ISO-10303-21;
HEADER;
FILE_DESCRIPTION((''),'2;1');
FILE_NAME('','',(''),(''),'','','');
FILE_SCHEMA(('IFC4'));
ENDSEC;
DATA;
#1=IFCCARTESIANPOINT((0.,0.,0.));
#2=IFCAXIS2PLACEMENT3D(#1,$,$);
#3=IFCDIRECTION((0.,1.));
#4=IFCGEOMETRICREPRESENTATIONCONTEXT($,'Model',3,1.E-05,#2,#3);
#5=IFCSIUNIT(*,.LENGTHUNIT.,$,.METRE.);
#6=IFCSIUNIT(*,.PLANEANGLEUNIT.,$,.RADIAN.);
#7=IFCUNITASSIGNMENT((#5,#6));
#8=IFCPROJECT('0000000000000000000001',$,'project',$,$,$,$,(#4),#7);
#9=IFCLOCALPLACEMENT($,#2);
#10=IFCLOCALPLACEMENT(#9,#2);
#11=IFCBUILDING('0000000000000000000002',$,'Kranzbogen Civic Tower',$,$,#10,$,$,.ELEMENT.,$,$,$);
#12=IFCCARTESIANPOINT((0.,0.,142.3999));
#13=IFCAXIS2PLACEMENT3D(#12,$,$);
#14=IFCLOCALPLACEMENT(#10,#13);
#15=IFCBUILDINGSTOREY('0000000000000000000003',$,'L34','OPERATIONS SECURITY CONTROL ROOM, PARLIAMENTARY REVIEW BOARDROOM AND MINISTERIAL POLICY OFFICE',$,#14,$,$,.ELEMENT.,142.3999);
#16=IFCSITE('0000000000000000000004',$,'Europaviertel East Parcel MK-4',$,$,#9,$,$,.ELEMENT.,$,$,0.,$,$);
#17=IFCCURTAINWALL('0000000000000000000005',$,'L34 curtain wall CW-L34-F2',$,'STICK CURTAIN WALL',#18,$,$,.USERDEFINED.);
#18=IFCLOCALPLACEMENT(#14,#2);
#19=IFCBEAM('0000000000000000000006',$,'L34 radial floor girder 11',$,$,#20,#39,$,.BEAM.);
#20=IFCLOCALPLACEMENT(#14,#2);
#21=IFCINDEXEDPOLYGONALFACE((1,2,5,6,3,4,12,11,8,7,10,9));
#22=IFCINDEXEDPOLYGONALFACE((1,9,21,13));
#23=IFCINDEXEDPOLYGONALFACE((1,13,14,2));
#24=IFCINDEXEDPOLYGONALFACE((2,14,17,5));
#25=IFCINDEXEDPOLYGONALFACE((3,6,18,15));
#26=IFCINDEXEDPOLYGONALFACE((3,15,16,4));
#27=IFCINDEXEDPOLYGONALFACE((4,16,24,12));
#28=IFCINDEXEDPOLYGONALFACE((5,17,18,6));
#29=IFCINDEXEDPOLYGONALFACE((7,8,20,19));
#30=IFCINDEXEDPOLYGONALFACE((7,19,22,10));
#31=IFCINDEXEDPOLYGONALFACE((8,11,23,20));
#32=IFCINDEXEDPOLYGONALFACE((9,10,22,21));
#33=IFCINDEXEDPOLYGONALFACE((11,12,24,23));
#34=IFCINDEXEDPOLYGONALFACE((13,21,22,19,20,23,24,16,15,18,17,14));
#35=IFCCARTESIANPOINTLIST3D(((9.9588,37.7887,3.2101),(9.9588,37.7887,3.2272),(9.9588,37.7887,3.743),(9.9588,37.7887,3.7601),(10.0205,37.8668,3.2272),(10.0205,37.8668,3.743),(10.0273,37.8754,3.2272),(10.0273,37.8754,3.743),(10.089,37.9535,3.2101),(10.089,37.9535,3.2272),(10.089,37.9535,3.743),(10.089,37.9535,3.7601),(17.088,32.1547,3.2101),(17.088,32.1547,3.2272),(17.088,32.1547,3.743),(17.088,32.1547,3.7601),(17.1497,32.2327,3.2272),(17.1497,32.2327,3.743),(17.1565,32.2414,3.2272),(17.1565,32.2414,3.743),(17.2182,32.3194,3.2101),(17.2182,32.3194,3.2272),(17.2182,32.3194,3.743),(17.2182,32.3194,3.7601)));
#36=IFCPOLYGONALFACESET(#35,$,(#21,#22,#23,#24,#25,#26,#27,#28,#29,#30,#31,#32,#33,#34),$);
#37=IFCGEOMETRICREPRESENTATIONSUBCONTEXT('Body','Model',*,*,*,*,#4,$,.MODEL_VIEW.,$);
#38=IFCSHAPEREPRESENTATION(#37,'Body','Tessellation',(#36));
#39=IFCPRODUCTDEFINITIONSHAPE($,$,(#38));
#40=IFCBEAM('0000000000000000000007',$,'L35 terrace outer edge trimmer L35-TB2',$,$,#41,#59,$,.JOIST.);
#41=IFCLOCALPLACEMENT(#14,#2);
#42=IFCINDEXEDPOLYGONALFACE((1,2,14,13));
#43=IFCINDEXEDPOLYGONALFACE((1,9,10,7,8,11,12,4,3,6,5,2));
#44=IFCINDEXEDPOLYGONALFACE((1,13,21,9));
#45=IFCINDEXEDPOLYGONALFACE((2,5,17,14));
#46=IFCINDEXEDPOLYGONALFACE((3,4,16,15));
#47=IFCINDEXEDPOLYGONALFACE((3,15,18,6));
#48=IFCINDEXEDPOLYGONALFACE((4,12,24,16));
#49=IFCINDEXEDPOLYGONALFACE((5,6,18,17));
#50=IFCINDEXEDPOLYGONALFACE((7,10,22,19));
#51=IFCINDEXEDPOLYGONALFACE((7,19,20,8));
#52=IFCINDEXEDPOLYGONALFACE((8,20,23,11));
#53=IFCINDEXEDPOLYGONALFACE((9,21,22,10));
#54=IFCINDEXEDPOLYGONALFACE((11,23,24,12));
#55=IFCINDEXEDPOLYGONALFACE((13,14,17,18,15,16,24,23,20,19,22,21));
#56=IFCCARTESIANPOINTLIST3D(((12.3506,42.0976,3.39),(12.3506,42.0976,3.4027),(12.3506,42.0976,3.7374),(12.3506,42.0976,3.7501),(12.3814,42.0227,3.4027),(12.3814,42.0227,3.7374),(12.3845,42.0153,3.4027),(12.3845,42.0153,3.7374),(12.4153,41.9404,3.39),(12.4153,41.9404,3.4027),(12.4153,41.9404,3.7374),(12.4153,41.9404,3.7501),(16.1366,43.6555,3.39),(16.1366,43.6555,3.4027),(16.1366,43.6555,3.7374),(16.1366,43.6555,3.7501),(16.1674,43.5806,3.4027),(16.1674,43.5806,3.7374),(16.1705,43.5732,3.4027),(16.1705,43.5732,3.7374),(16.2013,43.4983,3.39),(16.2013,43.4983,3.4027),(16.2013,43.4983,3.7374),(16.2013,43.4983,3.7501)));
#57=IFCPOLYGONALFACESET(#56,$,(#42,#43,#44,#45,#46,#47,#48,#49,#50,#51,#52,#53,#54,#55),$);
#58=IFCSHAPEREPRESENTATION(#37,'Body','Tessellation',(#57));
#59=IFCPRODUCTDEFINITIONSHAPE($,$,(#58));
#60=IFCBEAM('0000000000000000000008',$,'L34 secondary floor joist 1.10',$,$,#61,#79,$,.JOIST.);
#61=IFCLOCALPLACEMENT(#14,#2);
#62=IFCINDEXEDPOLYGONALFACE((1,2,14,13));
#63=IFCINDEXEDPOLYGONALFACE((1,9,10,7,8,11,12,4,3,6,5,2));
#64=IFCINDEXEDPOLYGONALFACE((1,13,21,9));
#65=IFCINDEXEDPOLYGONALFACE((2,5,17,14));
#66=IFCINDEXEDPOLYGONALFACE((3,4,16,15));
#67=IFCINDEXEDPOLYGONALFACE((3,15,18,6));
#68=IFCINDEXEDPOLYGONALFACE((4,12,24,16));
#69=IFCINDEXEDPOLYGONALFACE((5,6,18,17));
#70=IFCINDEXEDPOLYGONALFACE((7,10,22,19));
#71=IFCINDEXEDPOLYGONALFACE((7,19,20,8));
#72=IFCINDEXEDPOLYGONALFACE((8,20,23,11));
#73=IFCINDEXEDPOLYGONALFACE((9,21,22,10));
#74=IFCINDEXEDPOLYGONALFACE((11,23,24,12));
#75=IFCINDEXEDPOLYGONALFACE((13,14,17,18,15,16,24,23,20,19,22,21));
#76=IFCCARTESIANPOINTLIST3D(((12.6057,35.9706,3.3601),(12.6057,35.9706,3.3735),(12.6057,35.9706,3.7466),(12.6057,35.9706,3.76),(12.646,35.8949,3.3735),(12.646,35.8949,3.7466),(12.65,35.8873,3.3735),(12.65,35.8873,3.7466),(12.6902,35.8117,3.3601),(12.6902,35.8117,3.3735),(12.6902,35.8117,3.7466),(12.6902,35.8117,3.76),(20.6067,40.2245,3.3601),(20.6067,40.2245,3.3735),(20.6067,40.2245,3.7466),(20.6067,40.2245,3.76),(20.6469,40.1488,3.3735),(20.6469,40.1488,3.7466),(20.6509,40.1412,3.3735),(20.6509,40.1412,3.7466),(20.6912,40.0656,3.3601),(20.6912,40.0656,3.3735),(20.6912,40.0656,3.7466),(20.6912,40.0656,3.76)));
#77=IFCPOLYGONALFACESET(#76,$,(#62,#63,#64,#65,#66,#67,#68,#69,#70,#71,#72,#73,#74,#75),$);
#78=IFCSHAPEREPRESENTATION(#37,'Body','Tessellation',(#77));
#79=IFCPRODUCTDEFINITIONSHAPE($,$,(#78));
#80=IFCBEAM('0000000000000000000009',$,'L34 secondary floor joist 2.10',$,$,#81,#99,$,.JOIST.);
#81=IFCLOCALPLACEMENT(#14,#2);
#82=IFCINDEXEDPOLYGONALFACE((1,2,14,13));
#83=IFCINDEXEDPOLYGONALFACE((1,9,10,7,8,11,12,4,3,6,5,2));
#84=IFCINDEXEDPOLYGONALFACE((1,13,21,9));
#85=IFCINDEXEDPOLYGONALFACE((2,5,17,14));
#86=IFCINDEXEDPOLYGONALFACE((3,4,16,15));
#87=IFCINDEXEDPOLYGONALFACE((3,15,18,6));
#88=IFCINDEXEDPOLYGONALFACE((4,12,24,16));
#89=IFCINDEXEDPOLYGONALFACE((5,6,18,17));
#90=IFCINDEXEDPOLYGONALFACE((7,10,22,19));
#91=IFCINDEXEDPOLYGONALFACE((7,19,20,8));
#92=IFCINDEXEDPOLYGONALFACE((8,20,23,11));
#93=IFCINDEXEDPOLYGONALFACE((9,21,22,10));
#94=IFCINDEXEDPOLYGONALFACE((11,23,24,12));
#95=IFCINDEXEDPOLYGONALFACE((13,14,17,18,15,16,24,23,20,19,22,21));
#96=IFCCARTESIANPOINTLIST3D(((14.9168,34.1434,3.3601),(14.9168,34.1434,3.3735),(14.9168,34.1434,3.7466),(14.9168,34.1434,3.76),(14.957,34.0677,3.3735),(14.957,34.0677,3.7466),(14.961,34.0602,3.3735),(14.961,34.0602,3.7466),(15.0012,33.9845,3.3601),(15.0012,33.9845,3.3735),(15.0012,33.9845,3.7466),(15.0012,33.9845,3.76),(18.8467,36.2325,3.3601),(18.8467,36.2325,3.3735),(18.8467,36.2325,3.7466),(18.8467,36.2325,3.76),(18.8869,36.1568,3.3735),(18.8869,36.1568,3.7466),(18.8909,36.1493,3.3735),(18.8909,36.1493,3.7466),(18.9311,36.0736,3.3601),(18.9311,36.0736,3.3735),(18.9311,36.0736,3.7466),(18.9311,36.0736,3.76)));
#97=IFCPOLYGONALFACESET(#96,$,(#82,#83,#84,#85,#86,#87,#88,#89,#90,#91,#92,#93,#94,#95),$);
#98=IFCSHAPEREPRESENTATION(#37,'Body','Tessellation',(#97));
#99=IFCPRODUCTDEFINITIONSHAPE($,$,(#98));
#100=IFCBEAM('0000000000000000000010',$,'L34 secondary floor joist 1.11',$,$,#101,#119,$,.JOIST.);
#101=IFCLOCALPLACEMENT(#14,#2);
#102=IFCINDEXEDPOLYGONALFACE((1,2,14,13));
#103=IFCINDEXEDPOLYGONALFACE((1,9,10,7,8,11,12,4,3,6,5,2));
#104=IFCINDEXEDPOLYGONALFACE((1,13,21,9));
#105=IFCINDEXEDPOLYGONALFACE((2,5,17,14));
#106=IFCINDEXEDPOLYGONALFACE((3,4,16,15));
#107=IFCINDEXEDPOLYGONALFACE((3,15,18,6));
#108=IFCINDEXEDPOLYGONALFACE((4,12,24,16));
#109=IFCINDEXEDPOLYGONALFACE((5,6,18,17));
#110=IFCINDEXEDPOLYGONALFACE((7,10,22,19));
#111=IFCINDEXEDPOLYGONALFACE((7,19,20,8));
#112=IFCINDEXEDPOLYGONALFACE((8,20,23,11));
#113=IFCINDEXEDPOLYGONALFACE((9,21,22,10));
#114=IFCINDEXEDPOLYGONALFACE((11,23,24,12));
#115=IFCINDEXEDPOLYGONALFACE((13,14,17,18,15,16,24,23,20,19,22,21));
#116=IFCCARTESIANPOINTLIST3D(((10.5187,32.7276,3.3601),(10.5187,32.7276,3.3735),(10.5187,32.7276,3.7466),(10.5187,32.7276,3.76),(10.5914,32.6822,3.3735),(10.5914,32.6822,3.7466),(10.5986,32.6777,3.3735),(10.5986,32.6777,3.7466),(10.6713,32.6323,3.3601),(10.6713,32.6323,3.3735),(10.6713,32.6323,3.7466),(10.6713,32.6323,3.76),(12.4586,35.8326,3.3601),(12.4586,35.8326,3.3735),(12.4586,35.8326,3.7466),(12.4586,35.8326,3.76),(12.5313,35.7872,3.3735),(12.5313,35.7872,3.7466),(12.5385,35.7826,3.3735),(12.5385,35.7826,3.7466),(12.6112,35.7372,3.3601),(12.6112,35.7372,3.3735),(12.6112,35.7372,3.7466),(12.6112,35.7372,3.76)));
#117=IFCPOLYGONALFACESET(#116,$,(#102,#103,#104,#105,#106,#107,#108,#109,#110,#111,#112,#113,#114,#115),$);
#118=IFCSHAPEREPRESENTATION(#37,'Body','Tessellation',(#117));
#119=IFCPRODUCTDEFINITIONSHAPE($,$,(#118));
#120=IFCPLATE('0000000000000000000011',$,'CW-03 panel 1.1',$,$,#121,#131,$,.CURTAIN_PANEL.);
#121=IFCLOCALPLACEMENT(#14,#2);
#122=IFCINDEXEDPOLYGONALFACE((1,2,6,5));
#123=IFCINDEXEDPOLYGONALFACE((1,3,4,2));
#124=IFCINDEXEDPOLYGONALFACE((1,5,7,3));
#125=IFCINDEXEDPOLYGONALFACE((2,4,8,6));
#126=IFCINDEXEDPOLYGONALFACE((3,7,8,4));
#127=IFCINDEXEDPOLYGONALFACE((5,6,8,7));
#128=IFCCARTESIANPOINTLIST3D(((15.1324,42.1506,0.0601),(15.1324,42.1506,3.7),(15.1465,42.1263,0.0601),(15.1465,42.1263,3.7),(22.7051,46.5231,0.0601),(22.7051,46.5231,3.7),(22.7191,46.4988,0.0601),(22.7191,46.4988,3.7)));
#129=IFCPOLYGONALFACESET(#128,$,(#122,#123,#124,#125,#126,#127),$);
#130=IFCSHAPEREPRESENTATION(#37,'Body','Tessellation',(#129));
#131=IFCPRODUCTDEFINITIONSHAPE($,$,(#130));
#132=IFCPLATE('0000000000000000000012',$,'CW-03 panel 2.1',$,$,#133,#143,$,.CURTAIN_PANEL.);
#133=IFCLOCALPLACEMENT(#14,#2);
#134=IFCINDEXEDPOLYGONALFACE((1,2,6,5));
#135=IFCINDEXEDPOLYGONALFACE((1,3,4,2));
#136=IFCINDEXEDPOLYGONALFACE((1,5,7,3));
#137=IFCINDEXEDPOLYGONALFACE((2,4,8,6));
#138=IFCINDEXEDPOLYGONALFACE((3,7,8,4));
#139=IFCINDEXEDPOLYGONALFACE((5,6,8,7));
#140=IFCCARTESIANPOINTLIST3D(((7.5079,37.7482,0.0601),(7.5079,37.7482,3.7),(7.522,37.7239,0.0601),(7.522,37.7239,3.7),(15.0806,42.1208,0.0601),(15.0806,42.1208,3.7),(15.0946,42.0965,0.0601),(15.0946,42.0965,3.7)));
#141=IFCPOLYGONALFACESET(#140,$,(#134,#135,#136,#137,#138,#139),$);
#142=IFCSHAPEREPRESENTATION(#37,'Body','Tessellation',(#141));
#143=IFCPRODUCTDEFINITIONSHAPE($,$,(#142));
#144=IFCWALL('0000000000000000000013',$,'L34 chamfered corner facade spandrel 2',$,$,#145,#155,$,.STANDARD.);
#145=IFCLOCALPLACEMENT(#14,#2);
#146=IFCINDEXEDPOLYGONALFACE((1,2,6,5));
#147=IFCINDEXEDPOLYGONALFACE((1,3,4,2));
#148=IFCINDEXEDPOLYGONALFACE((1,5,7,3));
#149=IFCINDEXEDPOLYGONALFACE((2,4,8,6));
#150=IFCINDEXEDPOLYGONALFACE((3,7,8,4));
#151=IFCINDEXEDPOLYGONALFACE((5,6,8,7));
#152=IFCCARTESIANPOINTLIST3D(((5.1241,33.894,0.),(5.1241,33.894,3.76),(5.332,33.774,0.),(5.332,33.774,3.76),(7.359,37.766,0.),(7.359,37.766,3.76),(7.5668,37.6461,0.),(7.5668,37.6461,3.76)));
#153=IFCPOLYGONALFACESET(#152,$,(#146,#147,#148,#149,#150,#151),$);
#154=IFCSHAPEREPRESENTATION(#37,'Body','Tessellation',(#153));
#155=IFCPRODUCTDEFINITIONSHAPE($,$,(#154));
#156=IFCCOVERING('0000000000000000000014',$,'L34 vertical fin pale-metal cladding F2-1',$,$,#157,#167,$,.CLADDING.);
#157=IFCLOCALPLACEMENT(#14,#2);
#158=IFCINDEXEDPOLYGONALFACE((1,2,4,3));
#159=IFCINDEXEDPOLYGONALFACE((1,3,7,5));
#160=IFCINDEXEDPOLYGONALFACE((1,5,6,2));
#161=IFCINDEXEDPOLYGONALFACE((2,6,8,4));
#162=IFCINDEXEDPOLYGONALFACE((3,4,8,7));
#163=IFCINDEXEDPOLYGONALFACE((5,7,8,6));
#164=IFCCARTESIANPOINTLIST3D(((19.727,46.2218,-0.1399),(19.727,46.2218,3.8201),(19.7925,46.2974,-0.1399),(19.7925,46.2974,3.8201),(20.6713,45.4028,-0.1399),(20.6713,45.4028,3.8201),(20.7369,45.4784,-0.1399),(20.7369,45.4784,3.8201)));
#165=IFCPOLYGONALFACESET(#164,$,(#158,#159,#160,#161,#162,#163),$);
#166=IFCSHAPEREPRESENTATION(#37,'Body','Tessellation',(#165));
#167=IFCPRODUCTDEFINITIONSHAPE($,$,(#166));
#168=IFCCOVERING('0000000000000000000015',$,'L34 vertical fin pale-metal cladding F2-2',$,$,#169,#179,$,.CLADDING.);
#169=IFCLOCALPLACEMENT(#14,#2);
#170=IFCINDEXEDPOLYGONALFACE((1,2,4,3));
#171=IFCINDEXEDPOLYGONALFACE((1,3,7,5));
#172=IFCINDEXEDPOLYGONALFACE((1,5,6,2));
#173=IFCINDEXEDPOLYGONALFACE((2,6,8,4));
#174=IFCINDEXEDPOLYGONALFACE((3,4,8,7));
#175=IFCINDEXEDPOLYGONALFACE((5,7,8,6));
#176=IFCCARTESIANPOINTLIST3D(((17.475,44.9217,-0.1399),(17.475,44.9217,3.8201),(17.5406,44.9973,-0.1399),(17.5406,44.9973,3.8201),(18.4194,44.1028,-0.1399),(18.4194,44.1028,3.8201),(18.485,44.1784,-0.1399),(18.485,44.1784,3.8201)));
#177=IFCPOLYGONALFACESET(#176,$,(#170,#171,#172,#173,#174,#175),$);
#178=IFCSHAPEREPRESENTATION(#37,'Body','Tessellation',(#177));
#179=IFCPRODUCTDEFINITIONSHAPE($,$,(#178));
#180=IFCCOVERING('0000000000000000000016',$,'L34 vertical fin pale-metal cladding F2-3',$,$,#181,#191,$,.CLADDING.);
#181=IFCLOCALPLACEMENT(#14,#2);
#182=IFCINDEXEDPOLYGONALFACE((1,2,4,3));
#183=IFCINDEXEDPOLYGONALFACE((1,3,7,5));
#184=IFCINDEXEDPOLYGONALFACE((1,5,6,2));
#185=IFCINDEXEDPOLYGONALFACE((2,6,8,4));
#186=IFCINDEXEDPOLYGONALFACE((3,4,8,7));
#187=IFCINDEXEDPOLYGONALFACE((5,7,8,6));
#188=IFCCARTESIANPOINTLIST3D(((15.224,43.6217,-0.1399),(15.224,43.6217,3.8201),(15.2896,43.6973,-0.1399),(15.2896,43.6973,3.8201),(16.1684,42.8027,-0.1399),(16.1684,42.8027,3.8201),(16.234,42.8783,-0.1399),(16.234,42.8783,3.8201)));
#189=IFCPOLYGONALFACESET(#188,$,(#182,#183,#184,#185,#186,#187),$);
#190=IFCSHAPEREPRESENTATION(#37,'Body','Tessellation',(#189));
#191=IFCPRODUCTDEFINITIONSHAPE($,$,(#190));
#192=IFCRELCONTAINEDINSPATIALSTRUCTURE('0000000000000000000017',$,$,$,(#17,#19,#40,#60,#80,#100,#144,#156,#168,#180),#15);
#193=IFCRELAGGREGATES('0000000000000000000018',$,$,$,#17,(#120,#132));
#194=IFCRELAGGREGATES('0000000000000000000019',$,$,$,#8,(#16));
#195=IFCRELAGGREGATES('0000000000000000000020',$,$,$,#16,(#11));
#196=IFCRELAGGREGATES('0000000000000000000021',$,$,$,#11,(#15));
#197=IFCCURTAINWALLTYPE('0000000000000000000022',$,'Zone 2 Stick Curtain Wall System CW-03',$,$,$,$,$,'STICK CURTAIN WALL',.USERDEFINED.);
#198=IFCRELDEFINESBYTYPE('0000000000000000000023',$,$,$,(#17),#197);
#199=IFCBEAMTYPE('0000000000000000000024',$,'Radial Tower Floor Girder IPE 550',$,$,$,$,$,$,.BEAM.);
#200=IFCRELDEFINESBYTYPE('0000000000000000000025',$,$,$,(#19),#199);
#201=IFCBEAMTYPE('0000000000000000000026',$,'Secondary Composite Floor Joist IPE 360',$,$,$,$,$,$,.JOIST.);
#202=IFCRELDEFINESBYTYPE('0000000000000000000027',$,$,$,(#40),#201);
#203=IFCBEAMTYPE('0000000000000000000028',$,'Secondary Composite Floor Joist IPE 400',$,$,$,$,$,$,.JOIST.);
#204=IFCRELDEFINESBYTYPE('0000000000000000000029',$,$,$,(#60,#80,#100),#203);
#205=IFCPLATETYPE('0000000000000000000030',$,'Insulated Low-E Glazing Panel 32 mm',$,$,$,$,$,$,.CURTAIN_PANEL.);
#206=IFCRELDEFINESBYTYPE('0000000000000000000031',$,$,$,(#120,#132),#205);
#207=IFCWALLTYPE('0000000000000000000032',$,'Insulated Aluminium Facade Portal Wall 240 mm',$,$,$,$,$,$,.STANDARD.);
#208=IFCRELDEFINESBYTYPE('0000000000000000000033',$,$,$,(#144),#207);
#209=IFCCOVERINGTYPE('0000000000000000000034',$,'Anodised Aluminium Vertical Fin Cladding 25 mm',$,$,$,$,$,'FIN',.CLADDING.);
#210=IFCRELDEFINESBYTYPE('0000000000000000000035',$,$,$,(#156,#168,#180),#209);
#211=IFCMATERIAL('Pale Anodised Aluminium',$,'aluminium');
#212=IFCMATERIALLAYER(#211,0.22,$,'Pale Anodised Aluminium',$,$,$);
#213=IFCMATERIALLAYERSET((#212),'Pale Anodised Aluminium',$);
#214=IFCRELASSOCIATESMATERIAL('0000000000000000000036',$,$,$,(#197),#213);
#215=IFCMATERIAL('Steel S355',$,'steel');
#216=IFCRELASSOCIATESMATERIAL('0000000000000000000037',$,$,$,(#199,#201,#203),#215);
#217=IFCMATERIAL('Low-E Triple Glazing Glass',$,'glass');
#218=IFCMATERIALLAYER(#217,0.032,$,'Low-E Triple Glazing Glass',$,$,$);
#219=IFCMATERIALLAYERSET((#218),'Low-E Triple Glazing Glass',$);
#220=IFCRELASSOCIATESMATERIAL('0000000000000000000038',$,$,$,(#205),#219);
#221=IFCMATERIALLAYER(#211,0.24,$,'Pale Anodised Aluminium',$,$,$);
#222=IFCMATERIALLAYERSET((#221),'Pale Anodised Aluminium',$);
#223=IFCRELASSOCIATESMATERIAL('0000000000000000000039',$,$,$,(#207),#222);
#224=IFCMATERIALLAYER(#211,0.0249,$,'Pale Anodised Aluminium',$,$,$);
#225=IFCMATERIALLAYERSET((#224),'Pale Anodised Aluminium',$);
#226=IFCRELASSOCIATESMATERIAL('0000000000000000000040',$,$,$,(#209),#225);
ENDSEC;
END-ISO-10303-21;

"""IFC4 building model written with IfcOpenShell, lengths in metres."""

from ifc_helpers import new_model, si_unit, direction, frame, frame_2d, origin, origin_2d, place, context, subcontext, project, spatial, rectangle, i_section, extrude, material, layer, layer_set, material_profile, profile_set, type_object, element, aggregate, save


model = new_model("IFC4")

# Units and contexts
model_context = context("Model", 3, precision=1e-05, world=origin(), true_north=direction((0.0, 1.0)))
body_context = subcontext(model_context, "Body", "Model", "MODEL_VIEW")
ifc_project = project(units=[si_unit("LENGTHUNIT", "METRE"), si_unit("PLANEANGLEUNIT", "RADIAN")], contexts=[model_context])

# Site, building, storey
site_placement = place(None, origin())
site = spatial("IfcSite", under=ifc_project, at=site_placement, Name="Europaviertel East Parcel MK-4", CompositionType="ELEMENT", RefElevation=0.0)
building_placement = place(site_placement, origin())
building = spatial("IfcBuilding", under=site, at=building_placement, Name="Kranzbogen Civic Tower", CompositionType="ELEMENT")
storey_placement = place(building_placement, frame((0.0, 0.0, 142.3999)))
storey = spatial("IfcBuildingStorey", under=building, at=storey_placement, Name="L34", Description="OPERATIONS SECURITY CONTROL ROOM, PARLIAMENTARY REVIEW BOARDROOM AND MINISTERIAL POLICY OFFICE", CompositionType="ELEMENT", Elevation=142.3999)

# Shared definitions
ifc_material_1 = material(Name="Steel S355", Category="steel")

# Curtain wall
ifc_material_2 = material(Name="Pale Anodised Aluminium", Category="aluminium")
ifc_layer_1 = layer(ifc_material_2, 0.22, Name="Pale Anodised Aluminium")
ifc_layer_set_1 = layer_set([ifc_layer_1], Name="Pale Anodised Aluminium")
curtain_wall_type = type_object("IfcCurtainWallType", Name="Zone 2 Stick Curtain Wall System CW-03", ElementType="STICK CURTAIN WALL", PredefinedType="USERDEFINED", material=ifc_layer_set_1)
curtain_wall_placement = place(storey_placement, origin())
curtain_wall = element("IfcCurtainWall", 1, at=curtain_wall_placement, inside=storey, type_object=curtain_wall_type, Name="L34 curtain wall CW-L34-F2", ObjectType="STICK CURTAIN WALL", PredefinedType="USERDEFINED")

# Beams
ifc_material_profile_1 = material_profile(ifc_material_1, i_section(OverallWidth=0.21, OverallDepth=0.55, WebThickness=0.011, FlangeThickness=0.0171, at=origin_2d()), Name="IPE 550")
ifc_profile_set_1 = profile_set([ifc_material_profile_1], Name="Steel S355")
beam_type_1 = type_object("IfcBeamType", Name="Radial Tower Floor Girder IPE 550", PredefinedType="BEAM", material=ifc_profile_set_1)
beam_1_placement = place(storey_placement, frame((10.0239, 37.8711, 3.4851), z_axis=(0.784575, -0.620034, 0.0), x_axis=(0.620034, 0.784575, 0.0)))
element("IfcBeam", 2, at=beam_1_placement, inside=storey, type_object=beam_type_1, Name="L34 radial floor girder 11", PredefinedType="BEAM", context=body_context, shape_type="SweptSolid", body=[
    extrude(i_section(OverallWidth=0.21, OverallDepth=0.55, WebThickness=0.011, FlangeThickness=0.0171, at=origin_2d()), origin(), (0.0, 0.0, 1.0), 9.0867),
])
ifc_material_profile_2 = material_profile(ifc_material_1, i_section(OverallWidth=0.1699, OverallDepth=0.3601, WebThickness=0.0081, FlangeThickness=0.0127, at=origin_2d()), Name="IPE 360")
ifc_profile_set_2 = profile_set([ifc_material_profile_2], Name="Steel S355")
beam_type_2 = type_object("IfcBeamType", Name="Secondary Composite Floor Joist IPE 360", PredefinedType="JOIST", material=ifc_profile_set_2)
beam_2_placement = place(storey_placement, frame((16.1689, 43.5769, 3.5701), z_axis=(-0.924767, -0.380534, 0.0), x_axis=(0.380534, -0.924767, 0.0)))
element("IfcBeam", 3, at=beam_2_placement, inside=storey, type_object=beam_type_2, Name="L35 terrace outer edge trimmer L35-TB2", PredefinedType="JOIST", context=body_context, shape_type="SweptSolid", body=[
    extrude(i_section(OverallWidth=0.1699, OverallDepth=0.3601, WebThickness=0.0081, FlangeThickness=0.0127, at=origin_2d()), origin(), (0.0, 0.0, 1.0), 4.094),
])
ifc_material_profile_3 = material_profile(ifc_material_1, i_section(OverallWidth=0.1799, OverallDepth=0.3999, WebThickness=0.0085, FlangeThickness=0.0134, at=origin_2d()), Name="IPE 400")
ifc_profile_set_3 = profile_set([ifc_material_profile_3], Name="Steel S355")
beam_type_3 = type_object("IfcBeamType", Name="Secondary Composite Floor Joist IPE 400", PredefinedType="JOIST", material=ifc_profile_set_3)
beam_3_placement = place(storey_placement, frame((20.6489, 40.145, 3.5601), z_axis=(-0.882961, -0.469447, 0.0), x_axis=(0.469447, -0.882961, 0.0)))
element("IfcBeam", 4, at=beam_3_placement, inside=storey, type_object=beam_type_3, Name="L34 secondary floor joist 1.10", PredefinedType="JOIST", context=body_context, shape_type="SweptSolid", body=[
    extrude(i_section(OverallWidth=0.1799, OverallDepth=0.3999, WebThickness=0.0085, FlangeThickness=0.0134, at=origin_2d()), origin(), (0.0, 0.0, 1.0), 9.0615),
])
beam_4_placement = place(storey_placement, frame((18.8889, 36.1531, 3.5601), z_axis=(-0.882991, -0.469389, 0.0), x_axis=(0.469389, -0.882991, 0.0)))
element("IfcBeam", 5, at=beam_4_placement, inside=storey, type_object=beam_type_3, Name="L34 secondary floor joist 2.10", PredefinedType="JOIST", context=body_context, shape_type="SweptSolid", body=[
    extrude(i_section(OverallWidth=0.1799, OverallDepth=0.3999, WebThickness=0.0085, FlangeThickness=0.0134, at=origin_2d()), origin(), (0.0, 0.0, 1.0), 4.4507),
])
beam_5_placement = place(storey_placement, frame((12.5349, 35.7849, 3.5601), z_axis=(-0.529867, -0.848081, 0.0), x_axis=(0.848081, -0.529867, 0.0)))
element("IfcBeam", 6, at=beam_5_placement, inside=storey, type_object=beam_type_3, Name="L34 secondary floor joist 1.11", PredefinedType="JOIST", context=body_context, shape_type="SweptSolid", body=[
    extrude(i_section(OverallWidth=0.1799, OverallDepth=0.3999, WebThickness=0.0085, FlangeThickness=0.0134, at=origin_2d()), origin(), (0.0, 0.0, 1.0), 3.6611),
])

# Plates
ifc_material_3 = material(Name="Low-E Triple Glazing Glass", Category="glass")
ifc_layer_2 = layer(ifc_material_3, 0.032, Name="Low-E Triple Glazing Glass")
ifc_layer_set_2 = layer_set([ifc_layer_2], Name="Low-E Triple Glazing Glass")
plate_type = type_object("IfcPlateType", Name="Insulated Low-E Glazing Panel 32 mm", PredefinedType="CURTAIN_PANEL", material=ifc_layer_set_2)
plate_1_placement = place(storey_placement, frame((18.9258, 44.3247, 0.0601), z_axis=(0.0, 0.0, 1.0), x_axis=(-0.866002, -0.500041, 0.0)))
plate_1 = element("IfcPlate", 7, at=plate_1_placement, type_object=plate_type, Name="CW-03 panel 1.1", PredefinedType="CURTAIN_PANEL", context=body_context, shape_type="SweptSolid", body=[
    extrude(rectangle(XDim=8.7444, YDim=0.0281, at=origin_2d()), origin(), (0.0, 0.0, 1.0), 3.6399),
])
plate_2_placement = place(storey_placement, frame((11.3013, 39.9224, 0.0601), z_axis=(0.0, 0.0, 1.0), x_axis=(-0.866002, -0.500041, 0.0)))
plate_2 = element("IfcPlate", 8, at=plate_2_placement, type_object=plate_type, Name="CW-03 panel 2.1", PredefinedType="CURTAIN_PANEL", context=body_context, shape_type="SweptSolid", body=[
    extrude(rectangle(XDim=8.7444, YDim=0.0281, at=origin_2d()), origin(), (0.0, 0.0, 1.0), 3.6399),
])
aggregate(curtain_wall, [plate_1, plate_2])

# Wall
ifc_layer_3 = layer(ifc_material_2, 0.24, Name="Pale Anodised Aluminium")
ifc_layer_set_3 = layer_set([ifc_layer_3], Name="Pale Anodised Aluminium")
wall_type = type_object("IfcWallType", Name="Insulated Aluminium Facade Portal Wall 240 mm", PredefinedType="STANDARD", material=ifc_layer_set_3)
wall_placement = place(storey_placement, frame((7.4629, 37.7061, 0.0), z_axis=(0.0, 0.0, 1.0), x_axis=(-0.499886, -0.866091, 0.0)))
element("IfcWall", 9, at=wall_placement, inside=storey, type_object=wall_type, Name="L34 chamfered corner facade spandrel 2", PredefinedType="STANDARD", context=body_context, shape_type="SweptSolid", body=[
    extrude(rectangle(XDim=4.4707, YDim=0.24, at=frame_2d((2.2354, 0.0))), origin(), (0.0, 0.0, 1.0), 3.76),
])

# Coverings
ifc_layer_4 = layer(ifc_material_2, 0.0249, Name="Pale Anodised Aluminium")
ifc_layer_set_4 = layer_set([ifc_layer_4], Name="Pale Anodised Aluminium")
covering_type = type_object("IfcCoveringType", Name="Anodised Aluminium Vertical Fin Cladding 25 mm", ElementType="FIN", PredefinedType="CLADDING", material=ifc_layer_set_4)
for number, where, z_axis, x_axis, name in (
    (10, (20.2319, 45.8501, -0.1399), (0.0, 0.0, 1.0), (-0.755488, 0.655163, 0.0), "L34 vertical fin pale-metal cladding F2-1"),
    (11, (17.98, 44.55, -0.1399), (0.0, 0.0, 1.0), (-0.755488, 0.655163, 0.0), "L34 vertical fin pale-metal cladding F2-2"),
    (12, (15.729, 43.25, -0.1399), (0.0, 0.0, 1.0), (-0.755488, 0.655163, 0.0), "L34 vertical fin pale-metal cladding F2-3"),
):
    element("IfcCovering", number, at=place(storey_placement, frame(where, z_axis=z_axis, x_axis=x_axis)), inside=storey, type_object=covering_type, Name=name, PredefinedType="CLADDING", context=body_context, shape_type="SweptSolid", body=[
        extrude(rectangle(XDim=1.25, YDim=0.1001, at=origin_2d()), origin(), (0.0, 0.0, 1.0), 3.96),
    ])

save(model, "model.ifc")
